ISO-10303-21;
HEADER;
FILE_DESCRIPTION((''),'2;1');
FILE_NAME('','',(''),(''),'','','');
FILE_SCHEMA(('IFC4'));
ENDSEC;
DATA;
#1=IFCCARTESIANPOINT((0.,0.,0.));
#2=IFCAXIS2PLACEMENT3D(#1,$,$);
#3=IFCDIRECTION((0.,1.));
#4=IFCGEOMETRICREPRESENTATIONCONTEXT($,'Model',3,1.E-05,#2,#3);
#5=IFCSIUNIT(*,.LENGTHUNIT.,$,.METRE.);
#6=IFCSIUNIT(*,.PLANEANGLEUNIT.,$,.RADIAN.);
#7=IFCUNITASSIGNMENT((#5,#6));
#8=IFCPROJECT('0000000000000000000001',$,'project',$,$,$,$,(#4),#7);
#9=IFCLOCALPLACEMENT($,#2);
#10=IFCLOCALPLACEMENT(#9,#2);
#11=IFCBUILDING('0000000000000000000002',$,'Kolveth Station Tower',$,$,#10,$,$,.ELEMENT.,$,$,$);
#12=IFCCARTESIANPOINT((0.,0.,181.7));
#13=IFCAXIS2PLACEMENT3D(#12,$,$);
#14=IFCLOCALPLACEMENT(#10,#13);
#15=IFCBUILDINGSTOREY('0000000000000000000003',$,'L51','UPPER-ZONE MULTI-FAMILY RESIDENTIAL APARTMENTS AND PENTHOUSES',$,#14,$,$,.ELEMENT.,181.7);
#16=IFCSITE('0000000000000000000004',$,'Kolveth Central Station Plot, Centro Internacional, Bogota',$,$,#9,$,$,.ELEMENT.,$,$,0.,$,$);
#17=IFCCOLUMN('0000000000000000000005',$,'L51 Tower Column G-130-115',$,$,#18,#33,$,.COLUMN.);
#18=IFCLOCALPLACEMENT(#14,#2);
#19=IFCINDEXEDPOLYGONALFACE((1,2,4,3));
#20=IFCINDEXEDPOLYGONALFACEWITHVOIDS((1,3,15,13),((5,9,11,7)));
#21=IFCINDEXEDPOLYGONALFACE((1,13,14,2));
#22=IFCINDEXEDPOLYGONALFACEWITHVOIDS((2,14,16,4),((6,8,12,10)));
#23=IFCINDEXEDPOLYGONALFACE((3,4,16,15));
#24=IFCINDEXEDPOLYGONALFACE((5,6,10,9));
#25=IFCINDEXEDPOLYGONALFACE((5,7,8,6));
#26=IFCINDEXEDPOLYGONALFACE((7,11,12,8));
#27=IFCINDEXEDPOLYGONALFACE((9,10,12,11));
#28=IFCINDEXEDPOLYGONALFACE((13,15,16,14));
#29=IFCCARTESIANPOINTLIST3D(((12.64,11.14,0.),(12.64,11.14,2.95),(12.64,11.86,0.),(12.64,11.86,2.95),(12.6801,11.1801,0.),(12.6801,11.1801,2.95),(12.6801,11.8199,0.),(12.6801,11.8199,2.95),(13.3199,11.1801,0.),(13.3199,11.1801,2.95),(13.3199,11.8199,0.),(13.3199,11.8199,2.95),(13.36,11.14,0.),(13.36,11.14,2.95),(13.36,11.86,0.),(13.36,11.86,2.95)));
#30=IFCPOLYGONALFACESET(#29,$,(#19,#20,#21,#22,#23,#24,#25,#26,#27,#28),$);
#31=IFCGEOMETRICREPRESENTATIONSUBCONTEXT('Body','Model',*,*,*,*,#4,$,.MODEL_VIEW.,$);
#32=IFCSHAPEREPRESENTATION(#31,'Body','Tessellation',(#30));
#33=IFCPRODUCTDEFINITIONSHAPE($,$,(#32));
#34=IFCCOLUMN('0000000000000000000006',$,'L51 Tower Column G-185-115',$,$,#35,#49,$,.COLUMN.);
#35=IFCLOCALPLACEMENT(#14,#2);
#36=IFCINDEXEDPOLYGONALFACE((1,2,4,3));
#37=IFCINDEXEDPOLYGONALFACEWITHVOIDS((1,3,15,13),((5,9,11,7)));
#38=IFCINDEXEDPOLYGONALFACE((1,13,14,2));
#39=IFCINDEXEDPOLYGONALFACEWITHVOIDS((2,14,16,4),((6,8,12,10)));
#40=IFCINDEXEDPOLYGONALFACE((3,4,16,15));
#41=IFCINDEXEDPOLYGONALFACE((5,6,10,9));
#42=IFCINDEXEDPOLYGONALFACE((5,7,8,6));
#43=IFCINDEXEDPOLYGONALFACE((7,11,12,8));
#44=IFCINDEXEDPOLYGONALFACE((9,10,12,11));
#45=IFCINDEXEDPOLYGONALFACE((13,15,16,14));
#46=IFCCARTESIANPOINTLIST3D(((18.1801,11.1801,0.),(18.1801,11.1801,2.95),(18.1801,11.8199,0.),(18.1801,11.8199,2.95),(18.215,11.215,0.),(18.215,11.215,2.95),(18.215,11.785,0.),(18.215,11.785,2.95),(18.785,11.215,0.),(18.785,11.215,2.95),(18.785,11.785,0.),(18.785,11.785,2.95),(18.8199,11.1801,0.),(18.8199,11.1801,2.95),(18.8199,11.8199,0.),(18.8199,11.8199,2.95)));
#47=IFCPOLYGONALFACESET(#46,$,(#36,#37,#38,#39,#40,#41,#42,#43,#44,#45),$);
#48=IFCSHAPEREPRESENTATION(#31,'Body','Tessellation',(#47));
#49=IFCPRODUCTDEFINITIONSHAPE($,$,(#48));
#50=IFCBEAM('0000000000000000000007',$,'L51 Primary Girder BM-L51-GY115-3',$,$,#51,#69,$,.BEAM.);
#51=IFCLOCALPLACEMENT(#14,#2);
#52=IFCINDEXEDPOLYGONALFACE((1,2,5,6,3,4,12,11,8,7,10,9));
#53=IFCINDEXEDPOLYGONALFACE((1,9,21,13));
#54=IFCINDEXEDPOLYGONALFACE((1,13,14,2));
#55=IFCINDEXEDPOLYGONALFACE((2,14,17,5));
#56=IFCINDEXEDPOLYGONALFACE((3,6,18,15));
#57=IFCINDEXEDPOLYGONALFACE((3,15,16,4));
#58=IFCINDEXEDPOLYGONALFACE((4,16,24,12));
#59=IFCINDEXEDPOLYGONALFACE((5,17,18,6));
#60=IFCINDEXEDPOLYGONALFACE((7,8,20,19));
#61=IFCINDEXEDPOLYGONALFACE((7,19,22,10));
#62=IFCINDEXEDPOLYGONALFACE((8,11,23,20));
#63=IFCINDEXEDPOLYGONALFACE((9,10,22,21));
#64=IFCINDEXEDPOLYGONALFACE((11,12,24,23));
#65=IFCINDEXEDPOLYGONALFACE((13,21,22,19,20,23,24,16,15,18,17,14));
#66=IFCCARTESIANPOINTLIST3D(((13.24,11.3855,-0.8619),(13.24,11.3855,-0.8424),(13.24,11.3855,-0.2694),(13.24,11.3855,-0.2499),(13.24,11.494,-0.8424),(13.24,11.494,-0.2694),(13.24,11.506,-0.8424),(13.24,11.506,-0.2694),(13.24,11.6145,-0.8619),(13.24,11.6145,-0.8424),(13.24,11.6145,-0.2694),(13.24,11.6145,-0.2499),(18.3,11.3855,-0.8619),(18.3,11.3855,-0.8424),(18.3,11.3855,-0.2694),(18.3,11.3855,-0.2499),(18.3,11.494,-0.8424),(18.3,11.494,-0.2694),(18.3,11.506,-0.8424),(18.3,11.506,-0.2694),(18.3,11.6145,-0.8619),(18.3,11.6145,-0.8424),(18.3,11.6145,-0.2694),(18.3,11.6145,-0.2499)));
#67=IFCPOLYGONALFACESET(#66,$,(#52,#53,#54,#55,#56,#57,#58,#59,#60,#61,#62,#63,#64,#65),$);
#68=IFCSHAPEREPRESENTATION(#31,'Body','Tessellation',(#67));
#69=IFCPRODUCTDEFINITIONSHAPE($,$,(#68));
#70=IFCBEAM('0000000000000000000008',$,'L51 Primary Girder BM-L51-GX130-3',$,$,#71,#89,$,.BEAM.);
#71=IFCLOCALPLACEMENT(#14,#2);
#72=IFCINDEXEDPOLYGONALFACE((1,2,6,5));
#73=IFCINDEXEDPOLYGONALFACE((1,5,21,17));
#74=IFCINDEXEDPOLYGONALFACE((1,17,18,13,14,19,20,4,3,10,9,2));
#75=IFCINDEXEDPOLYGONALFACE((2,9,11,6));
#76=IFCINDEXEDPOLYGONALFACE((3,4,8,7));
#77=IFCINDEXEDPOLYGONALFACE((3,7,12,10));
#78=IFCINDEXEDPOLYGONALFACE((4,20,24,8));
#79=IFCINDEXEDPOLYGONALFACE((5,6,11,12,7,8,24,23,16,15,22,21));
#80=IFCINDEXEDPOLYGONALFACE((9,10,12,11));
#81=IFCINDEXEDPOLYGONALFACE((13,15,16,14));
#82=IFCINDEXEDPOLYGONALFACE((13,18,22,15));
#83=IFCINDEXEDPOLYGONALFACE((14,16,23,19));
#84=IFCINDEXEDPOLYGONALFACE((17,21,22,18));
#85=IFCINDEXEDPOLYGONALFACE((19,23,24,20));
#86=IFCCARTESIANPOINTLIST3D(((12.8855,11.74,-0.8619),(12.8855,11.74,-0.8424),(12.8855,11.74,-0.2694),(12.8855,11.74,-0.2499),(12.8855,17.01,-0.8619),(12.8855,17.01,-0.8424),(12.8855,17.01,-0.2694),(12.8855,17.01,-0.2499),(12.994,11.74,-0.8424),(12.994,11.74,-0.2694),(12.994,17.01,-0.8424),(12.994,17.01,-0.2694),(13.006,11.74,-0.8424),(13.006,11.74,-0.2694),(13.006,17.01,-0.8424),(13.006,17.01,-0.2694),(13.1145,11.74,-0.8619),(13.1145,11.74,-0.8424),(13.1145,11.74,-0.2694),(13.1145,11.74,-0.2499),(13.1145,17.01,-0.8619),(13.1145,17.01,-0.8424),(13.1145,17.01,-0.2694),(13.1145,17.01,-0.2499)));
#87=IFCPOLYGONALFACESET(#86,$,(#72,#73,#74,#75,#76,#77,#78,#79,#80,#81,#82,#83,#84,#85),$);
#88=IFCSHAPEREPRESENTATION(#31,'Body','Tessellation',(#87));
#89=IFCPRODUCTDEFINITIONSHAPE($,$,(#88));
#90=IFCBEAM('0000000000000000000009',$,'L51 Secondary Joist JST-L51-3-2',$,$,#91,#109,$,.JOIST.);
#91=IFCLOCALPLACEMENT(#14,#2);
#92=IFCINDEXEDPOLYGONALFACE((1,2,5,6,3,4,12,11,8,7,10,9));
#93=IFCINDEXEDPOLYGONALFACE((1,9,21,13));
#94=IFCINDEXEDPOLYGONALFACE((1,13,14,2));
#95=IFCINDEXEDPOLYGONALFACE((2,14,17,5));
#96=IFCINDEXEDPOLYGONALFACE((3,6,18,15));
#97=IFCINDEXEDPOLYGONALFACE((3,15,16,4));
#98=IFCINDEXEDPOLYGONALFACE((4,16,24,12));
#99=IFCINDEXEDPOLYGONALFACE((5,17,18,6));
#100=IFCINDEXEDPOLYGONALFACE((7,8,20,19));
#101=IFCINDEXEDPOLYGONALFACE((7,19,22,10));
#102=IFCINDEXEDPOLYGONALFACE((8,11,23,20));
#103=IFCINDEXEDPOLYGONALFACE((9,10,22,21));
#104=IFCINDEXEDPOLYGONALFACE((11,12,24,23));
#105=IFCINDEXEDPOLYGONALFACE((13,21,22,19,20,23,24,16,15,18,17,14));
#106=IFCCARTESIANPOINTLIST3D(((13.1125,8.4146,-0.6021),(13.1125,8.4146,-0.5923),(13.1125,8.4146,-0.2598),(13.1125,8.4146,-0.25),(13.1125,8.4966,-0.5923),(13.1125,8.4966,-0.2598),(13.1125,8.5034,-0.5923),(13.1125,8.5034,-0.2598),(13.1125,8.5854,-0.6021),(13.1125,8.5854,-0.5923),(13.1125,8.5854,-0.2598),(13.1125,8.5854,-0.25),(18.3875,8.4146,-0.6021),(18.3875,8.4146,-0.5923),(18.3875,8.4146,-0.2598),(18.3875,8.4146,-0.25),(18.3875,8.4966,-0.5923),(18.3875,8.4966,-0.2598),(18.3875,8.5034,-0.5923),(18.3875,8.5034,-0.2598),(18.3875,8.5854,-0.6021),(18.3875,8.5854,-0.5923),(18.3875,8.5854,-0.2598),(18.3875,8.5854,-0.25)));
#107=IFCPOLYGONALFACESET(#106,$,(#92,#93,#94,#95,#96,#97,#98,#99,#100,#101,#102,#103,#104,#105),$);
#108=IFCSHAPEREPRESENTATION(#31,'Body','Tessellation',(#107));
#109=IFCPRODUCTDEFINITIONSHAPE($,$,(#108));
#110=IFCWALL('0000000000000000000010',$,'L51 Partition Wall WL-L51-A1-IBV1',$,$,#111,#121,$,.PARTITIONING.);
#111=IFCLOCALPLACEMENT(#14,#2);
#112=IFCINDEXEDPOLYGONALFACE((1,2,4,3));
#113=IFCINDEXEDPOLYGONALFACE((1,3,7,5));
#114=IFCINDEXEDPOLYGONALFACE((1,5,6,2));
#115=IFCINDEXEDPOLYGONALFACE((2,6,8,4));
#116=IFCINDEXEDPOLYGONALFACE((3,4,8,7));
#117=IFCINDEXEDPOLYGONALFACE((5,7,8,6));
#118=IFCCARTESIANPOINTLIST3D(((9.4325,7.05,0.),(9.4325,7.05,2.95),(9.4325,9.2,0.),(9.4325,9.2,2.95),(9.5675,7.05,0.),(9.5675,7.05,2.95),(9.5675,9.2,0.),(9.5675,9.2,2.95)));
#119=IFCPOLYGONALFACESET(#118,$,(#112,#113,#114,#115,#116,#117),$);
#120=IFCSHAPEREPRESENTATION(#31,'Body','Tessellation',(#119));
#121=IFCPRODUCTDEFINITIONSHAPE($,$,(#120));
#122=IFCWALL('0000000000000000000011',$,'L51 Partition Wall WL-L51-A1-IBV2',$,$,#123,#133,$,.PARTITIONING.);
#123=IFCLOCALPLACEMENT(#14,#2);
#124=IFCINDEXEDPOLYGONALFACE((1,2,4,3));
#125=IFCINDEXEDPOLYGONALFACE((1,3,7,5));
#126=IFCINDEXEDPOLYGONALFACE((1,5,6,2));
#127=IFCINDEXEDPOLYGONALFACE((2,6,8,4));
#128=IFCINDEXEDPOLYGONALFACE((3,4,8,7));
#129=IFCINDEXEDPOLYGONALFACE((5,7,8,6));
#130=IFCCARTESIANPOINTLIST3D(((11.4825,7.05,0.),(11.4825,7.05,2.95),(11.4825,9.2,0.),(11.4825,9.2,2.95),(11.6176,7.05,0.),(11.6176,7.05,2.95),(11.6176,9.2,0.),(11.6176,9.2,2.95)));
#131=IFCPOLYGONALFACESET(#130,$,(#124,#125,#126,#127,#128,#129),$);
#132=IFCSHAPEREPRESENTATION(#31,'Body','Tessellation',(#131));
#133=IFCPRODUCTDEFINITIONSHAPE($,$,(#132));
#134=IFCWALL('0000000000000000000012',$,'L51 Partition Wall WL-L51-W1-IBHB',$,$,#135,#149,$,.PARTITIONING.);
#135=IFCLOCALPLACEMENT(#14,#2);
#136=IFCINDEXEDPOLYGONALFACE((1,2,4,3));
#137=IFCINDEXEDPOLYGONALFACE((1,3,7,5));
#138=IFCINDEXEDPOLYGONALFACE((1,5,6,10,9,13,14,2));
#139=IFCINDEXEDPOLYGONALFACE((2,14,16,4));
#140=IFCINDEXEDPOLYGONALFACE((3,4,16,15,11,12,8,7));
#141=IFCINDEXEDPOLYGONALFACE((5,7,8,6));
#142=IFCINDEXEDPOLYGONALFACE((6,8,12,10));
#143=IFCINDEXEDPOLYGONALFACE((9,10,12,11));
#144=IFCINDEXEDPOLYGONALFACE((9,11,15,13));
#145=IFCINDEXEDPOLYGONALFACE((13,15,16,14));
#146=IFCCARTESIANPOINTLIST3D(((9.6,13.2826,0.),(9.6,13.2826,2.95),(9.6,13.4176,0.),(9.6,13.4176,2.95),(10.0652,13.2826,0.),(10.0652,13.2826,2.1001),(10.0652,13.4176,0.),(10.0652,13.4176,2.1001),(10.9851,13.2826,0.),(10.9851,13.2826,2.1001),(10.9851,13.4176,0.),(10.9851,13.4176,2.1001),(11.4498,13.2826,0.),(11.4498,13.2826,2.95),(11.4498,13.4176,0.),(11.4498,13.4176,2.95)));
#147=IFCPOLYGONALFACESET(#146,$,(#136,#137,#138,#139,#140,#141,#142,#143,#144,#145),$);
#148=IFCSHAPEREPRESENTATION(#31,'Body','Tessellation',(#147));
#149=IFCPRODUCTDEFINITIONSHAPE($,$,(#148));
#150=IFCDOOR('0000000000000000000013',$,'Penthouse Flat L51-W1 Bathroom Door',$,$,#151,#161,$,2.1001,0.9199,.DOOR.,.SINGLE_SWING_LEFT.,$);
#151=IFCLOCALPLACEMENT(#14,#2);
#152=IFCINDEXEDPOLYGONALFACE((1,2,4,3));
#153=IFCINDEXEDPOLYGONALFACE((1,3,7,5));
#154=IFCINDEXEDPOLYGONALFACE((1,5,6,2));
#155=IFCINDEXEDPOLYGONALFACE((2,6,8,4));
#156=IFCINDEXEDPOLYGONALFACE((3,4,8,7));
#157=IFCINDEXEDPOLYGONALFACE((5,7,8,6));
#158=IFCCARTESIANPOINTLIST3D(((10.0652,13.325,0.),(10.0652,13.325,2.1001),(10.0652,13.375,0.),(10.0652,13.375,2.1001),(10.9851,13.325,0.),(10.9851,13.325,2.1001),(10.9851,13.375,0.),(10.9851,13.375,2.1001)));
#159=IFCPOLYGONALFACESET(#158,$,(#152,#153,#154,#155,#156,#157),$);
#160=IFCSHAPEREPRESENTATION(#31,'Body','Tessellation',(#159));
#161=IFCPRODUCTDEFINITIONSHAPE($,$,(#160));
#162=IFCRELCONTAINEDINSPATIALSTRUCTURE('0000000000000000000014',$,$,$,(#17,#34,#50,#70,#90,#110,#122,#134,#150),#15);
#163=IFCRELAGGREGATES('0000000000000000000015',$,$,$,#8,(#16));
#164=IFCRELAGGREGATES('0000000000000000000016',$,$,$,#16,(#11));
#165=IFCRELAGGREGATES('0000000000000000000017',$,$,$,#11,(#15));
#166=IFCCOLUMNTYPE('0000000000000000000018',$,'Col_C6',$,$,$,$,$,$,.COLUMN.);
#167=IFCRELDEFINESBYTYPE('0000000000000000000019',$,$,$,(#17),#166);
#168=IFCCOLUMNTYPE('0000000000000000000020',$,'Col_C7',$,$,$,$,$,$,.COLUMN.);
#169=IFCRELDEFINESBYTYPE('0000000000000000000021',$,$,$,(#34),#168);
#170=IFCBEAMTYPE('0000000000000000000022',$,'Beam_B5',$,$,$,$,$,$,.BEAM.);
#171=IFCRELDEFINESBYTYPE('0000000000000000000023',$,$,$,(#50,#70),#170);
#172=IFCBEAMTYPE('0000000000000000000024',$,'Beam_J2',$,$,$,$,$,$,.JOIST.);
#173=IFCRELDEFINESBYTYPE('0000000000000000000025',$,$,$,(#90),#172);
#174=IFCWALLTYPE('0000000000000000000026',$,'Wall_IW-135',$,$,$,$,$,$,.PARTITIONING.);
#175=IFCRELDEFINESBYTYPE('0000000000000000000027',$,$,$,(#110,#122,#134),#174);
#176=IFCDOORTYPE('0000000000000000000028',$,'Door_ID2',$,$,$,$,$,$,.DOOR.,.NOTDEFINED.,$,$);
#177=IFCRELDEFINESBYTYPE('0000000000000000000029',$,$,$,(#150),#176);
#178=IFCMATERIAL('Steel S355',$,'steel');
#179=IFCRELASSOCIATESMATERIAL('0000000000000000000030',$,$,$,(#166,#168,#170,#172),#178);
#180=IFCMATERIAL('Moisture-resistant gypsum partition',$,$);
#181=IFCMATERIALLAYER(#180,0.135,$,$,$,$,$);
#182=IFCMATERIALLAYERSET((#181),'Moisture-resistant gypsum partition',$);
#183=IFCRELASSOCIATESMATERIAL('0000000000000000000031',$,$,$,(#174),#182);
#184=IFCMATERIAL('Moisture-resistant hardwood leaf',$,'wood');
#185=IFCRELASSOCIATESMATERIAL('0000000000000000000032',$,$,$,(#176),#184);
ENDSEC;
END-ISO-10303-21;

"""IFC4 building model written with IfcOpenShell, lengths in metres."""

from ifc_helpers import new_model, si_unit, direction, frame, frame_2d, origin, origin_2d, place, context, subcontext, project, spatial, rectangle, hollow_rectangle, i_section, extrude, source, transform, mapped, material, layer, layer_set, material_profile, profile_set, type_object, element, fill, save


model = new_model("IFC4")

# Units and contexts
model_context = context("Model", 3, precision=1e-05, world=origin(), true_north=direction((0.0, 1.0)))
body_context = subcontext(model_context, "Body", "Model", "MODEL_VIEW")
ifc_project = project(units=[si_unit("LENGTHUNIT", "METRE"), si_unit("PLANEANGLEUNIT", "RADIAN")], contexts=[model_context])

# Site, building, storey
site_placement = place(None, origin())
site = spatial("IfcSite", under=ifc_project, at=site_placement, Name="Kolveth Central Station Plot, Centro Internacional, Bogota", CompositionType="ELEMENT", RefElevation=0.0)
building_placement = place(site_placement, origin())
building = spatial("IfcBuilding", under=site, at=building_placement, Name="Kolveth Station Tower", CompositionType="ELEMENT")
storey_placement = place(building_placement, frame((0.0, 0.0, 181.7)))
storey = spatial("IfcBuildingStorey", under=building, at=storey_placement, Name="L51", Description="UPPER-ZONE MULTI-FAMILY RESIDENTIAL APARTMENTS AND PENTHOUSES", CompositionType="ELEMENT", Elevation=181.7)

# Columns
ifc_material_1 = material(Name="Steel S355", Category="steel")
ifc_material_profile_1 = material_profile(ifc_material_1, hollow_rectangle(XDim=0.72, YDim=0.72, WallThickness=0.04, at=origin_2d()), Name="BOX720x720x40")
ifc_profile_set_1 = profile_set([ifc_material_profile_1], Name="Steel S355")
column_type_1 = type_object("IfcColumnType", Name="Col_C6", PredefinedType="COLUMN", material=ifc_profile_set_1)
shared_shape_1 = source(origin(), body_context, "Body", "SweptSolid", [
    extrude(hollow_rectangle(XDim=0.72, YDim=0.72, WallThickness=0.04, at=origin_2d()), origin(), (0.0, 0.0, 1.0), 2.95),
])
column_1_placement = place(storey_placement, frame((13.0, 11.5, 0.0), z_axis=(0.0, 0.0, 1.0), x_axis=(1.0, 0.0, 0.0)))
element("IfcColumn", 1, at=column_1_placement, inside=storey, type_object=column_type_1, Name="L51 Tower Column G-130-115", PredefinedType="COLUMN", context=body_context, shape_type="MappedRepresentation", body=[
    mapped(shared_shape_1, transform((0.0, 0.0, 0.0), x_axis=(1.0, 0.0, 0.0), y_axis=(0.0, 1.0, 0.0), z_axis=(0.0, 0.0, 1.0), scale=1.0)),
])
ifc_material_profile_2 = material_profile(ifc_material_1, hollow_rectangle(XDim=0.6399, YDim=0.6399, WallThickness=0.0349, at=origin_2d()), Name="BOX640x640x35")
ifc_profile_set_2 = profile_set([ifc_material_profile_2], Name="Steel S355")
column_type_2 = type_object("IfcColumnType", Name="Col_C7", PredefinedType="COLUMN", material=ifc_profile_set_2)
shared_shape_2 = source(origin(), body_context, "Body", "SweptSolid", [
    extrude(hollow_rectangle(XDim=0.6399, YDim=0.6399, WallThickness=0.0349, at=origin_2d()), origin(), (0.0, 0.0, 1.0), 2.95),
])
column_2_placement = place(storey_placement, frame((18.5, 11.5, 0.0), z_axis=(0.0, 0.0, 1.0), x_axis=(1.0, 0.0, 0.0)))
element("IfcColumn", 2, at=column_2_placement, inside=storey, type_object=column_type_2, Name="L51 Tower Column G-185-115", PredefinedType="COLUMN", context=body_context, shape_type="MappedRepresentation", body=[
    mapped(shared_shape_2, transform((0.0, 0.0, 0.0), x_axis=(1.0, 0.0, 0.0), y_axis=(0.0, 1.0, 0.0), z_axis=(0.0, 0.0, 1.0), scale=1.0)),
])

# Beams
ifc_material_profile_3 = material_profile(ifc_material_1, i_section(OverallWidth=0.229, OverallDepth=0.6121, WebThickness=0.012, FlangeThickness=0.0195, at=origin_2d()), Name="W610x125")
ifc_profile_set_3 = profile_set([ifc_material_profile_3], Name="Steel S355")
beam_type_1 = type_object("IfcBeamType", Name="Beam_B5", PredefinedType="BEAM", material=ifc_profile_set_3)
shared_shape_3 = source(origin(), body_context, "Body", "SweptSolid", [
    extrude(i_section(OverallWidth=0.229, OverallDepth=0.6121, WebThickness=0.012, FlangeThickness=0.0195, at=origin_2d()), origin(), (0.0, 0.0, 1.0), 5.0601),
])
beam_1_placement = place(storey_placement, frame((13.24, 11.5, -0.5559), z_axis=(1.0, 0.0, 0.0), x_axis=(0.0, 1.0, 0.0)))
element("IfcBeam", 3, at=beam_1_placement, inside=storey, type_object=beam_type_1, Name="L51 Primary Girder BM-L51-GY115-3", PredefinedType="BEAM", context=body_context, shape_type="MappedRepresentation", body=[
    mapped(shared_shape_3, transform((0.0, 0.0, 0.0), x_axis=(1.0, 0.0, 0.0), y_axis=(0.0, 1.0, 0.0), z_axis=(0.0, 0.0, 1.0), scale=1.0)),
])
shared_shape_4 = source(origin(), body_context, "Body", "SweptSolid", [
    extrude(i_section(OverallWidth=0.229, OverallDepth=0.6121, WebThickness=0.012, FlangeThickness=0.0195, at=origin_2d()), origin(), (0.0, 0.0, 1.0), 5.27),
])
beam_2_placement = place(storey_placement, frame((13.0, 11.74, -0.5559), z_axis=(0.0, 1.0, 0.0), x_axis=(-1.0, 0.0, 0.0)))
element("IfcBeam", 4, at=beam_2_placement, inside=storey, type_object=beam_type_1, Name="L51 Primary Girder BM-L51-GX130-3", PredefinedType="BEAM", context=body_context, shape_type="MappedRepresentation", body=[
    mapped(shared_shape_4, transform((0.0, 0.0, 0.0), x_axis=(1.0, 0.0, 0.0), y_axis=(0.0, 1.0, 0.0), z_axis=(0.0, 0.0, 1.0), scale=1.0)),
])
ifc_material_profile_4 = material_profile(ifc_material_1, i_section(OverallWidth=0.1709, OverallDepth=0.3521, WebThickness=0.0068, FlangeThickness=0.0098, at=origin_2d()), Name="W360x44")
ifc_profile_set_4 = profile_set([ifc_material_profile_4], Name="Steel S355")
beam_type_2 = type_object("IfcBeamType", Name="Beam_J2", PredefinedType="JOIST", material=ifc_profile_set_4)
shared_shape_5 = source(origin(), body_context, "Body", "SweptSolid", [
    extrude(i_section(OverallWidth=0.1709, OverallDepth=0.3521, WebThickness=0.0068, FlangeThickness=0.0098, at=origin_2d()), origin(), (0.0, 0.0, 1.0), 5.2749),
])
beam_3_placement = place(storey_placement, frame((13.1125, 8.5, -0.426), z_axis=(1.0, 0.0, 0.0), x_axis=(0.0, 1.0, 0.0)))
element("IfcBeam", 5, at=beam_3_placement, inside=storey, type_object=beam_type_2, Name="L51 Secondary Joist JST-L51-3-2", PredefinedType="JOIST", context=body_context, shape_type="MappedRepresentation", body=[
    mapped(shared_shape_5, transform((0.0, 0.0, 0.0), x_axis=(1.0, 0.0, 0.0), y_axis=(0.0, 1.0, 0.0), z_axis=(0.0, 0.0, 1.0), scale=1.0)),
])

# Walls
ifc_material_2 = material(Name="Moisture-resistant gypsum partition")
ifc_layer_1 = layer(ifc_material_2, 0.135)
ifc_layer_set_1 = layer_set([ifc_layer_1], Name="Moisture-resistant gypsum partition")
wall_type_1 = type_object("IfcWallType", Name="Wall_IW-135", PredefinedType="PARTITIONING", material=ifc_layer_set_1)
for number, where, z_axis, x_axis, name in (
    (6, (9.5, 7.05, 0.0), (0.0, 0.0, 1.0), (0.0, 1.0, 0.0), "L51 Partition Wall WL-L51-A1-IBV1"),
    (7, (11.55, 7.05, 0.0), (0.0, 0.0, 1.0), (0.0, 1.0, 0.0), "L51 Partition Wall WL-L51-A1-IBV2"),
):
    element("IfcWall", number, at=place(storey_placement, frame(where, z_axis=z_axis, x_axis=x_axis)), inside=storey, type_object=wall_type_1, Name=name, PredefinedType="PARTITIONING", context=body_context, shape_type="SweptSolid", body=[
        extrude(rectangle(XDim=2.1499, YDim=0.135, at=frame_2d((1.075, 0.0))), origin(), (0.0, 0.0, 1.0), 2.95),
    ])

# Wall, opening, door
wall_1_placement = place(storey_placement, frame((9.6001, 13.3501, 0.0), z_axis=(0.0, 0.0, 1.0), x_axis=(1.0, 0.0, 0.0)))
wall_1 = element("IfcWall", 8, at=wall_1_placement, inside=storey, type_object=wall_type_1, Name="L51 Partition Wall WL-L51-W1-IBHB", PredefinedType="PARTITIONING", context=body_context, shape_type="SweptSolid", body=[
    extrude(rectangle(XDim=1.8499, YDim=0.135, at=frame_2d((0.9248, 0.0))), origin(), (0.0, 0.0, 1.0), 2.95),
])
opening_1_placement = place(wall_1_placement, frame((0.4651, 0.0, 0.0)))
opening_1 = element("IfcOpeningElement", 9, at=opening_1_placement, cuts=wall_1, PredefinedType="OPENING", context=body_context, shape_type="SweptSolid", body=[
    extrude(rectangle(XDim=0.9199, YDim=2.1001, at=frame_2d((0.46, 1.05))), frame((0.0, 0.0774, 0.0), z_axis=(0.0, -1.0, 0.0), x_axis=(1.0, 0.0, 0.0)), (0.0, 0.0, 1.0), 0.155),
])
ifc_material_3 = material(Name="Moisture-resistant hardwood leaf", Category="wood")
door_type_1 = type_object("IfcDoorType", Name="Door_ID2", OperationType="NOTDEFINED", PredefinedType="DOOR", material=ifc_material_3)
door_1_placement = place(opening_1_placement, origin())
door_1 = element("IfcDoor", 10, at=door_1_placement, inside=storey, type_object=door_type_1, Name="Penthouse Flat L51-W1 Bathroom Door", OperationType="SINGLE_SWING_LEFT", OverallHeight=2.1001, OverallWidth=0.9199, PredefinedType="DOOR", context=body_context, shape_type="SweptSolid", body=[
    extrude(rectangle(XDim=0.9199, YDim=2.1001, at=frame_2d((0.46, 1.05))), frame((0.0, 0.0249, 0.0), z_axis=(0.0, -1.0, 0.0), x_axis=(1.0, 0.0, 0.0)), (0.0, 0.0, 1.0), 0.05),
])
fill(opening_1, door_1)

save(model, "model.ifc")
